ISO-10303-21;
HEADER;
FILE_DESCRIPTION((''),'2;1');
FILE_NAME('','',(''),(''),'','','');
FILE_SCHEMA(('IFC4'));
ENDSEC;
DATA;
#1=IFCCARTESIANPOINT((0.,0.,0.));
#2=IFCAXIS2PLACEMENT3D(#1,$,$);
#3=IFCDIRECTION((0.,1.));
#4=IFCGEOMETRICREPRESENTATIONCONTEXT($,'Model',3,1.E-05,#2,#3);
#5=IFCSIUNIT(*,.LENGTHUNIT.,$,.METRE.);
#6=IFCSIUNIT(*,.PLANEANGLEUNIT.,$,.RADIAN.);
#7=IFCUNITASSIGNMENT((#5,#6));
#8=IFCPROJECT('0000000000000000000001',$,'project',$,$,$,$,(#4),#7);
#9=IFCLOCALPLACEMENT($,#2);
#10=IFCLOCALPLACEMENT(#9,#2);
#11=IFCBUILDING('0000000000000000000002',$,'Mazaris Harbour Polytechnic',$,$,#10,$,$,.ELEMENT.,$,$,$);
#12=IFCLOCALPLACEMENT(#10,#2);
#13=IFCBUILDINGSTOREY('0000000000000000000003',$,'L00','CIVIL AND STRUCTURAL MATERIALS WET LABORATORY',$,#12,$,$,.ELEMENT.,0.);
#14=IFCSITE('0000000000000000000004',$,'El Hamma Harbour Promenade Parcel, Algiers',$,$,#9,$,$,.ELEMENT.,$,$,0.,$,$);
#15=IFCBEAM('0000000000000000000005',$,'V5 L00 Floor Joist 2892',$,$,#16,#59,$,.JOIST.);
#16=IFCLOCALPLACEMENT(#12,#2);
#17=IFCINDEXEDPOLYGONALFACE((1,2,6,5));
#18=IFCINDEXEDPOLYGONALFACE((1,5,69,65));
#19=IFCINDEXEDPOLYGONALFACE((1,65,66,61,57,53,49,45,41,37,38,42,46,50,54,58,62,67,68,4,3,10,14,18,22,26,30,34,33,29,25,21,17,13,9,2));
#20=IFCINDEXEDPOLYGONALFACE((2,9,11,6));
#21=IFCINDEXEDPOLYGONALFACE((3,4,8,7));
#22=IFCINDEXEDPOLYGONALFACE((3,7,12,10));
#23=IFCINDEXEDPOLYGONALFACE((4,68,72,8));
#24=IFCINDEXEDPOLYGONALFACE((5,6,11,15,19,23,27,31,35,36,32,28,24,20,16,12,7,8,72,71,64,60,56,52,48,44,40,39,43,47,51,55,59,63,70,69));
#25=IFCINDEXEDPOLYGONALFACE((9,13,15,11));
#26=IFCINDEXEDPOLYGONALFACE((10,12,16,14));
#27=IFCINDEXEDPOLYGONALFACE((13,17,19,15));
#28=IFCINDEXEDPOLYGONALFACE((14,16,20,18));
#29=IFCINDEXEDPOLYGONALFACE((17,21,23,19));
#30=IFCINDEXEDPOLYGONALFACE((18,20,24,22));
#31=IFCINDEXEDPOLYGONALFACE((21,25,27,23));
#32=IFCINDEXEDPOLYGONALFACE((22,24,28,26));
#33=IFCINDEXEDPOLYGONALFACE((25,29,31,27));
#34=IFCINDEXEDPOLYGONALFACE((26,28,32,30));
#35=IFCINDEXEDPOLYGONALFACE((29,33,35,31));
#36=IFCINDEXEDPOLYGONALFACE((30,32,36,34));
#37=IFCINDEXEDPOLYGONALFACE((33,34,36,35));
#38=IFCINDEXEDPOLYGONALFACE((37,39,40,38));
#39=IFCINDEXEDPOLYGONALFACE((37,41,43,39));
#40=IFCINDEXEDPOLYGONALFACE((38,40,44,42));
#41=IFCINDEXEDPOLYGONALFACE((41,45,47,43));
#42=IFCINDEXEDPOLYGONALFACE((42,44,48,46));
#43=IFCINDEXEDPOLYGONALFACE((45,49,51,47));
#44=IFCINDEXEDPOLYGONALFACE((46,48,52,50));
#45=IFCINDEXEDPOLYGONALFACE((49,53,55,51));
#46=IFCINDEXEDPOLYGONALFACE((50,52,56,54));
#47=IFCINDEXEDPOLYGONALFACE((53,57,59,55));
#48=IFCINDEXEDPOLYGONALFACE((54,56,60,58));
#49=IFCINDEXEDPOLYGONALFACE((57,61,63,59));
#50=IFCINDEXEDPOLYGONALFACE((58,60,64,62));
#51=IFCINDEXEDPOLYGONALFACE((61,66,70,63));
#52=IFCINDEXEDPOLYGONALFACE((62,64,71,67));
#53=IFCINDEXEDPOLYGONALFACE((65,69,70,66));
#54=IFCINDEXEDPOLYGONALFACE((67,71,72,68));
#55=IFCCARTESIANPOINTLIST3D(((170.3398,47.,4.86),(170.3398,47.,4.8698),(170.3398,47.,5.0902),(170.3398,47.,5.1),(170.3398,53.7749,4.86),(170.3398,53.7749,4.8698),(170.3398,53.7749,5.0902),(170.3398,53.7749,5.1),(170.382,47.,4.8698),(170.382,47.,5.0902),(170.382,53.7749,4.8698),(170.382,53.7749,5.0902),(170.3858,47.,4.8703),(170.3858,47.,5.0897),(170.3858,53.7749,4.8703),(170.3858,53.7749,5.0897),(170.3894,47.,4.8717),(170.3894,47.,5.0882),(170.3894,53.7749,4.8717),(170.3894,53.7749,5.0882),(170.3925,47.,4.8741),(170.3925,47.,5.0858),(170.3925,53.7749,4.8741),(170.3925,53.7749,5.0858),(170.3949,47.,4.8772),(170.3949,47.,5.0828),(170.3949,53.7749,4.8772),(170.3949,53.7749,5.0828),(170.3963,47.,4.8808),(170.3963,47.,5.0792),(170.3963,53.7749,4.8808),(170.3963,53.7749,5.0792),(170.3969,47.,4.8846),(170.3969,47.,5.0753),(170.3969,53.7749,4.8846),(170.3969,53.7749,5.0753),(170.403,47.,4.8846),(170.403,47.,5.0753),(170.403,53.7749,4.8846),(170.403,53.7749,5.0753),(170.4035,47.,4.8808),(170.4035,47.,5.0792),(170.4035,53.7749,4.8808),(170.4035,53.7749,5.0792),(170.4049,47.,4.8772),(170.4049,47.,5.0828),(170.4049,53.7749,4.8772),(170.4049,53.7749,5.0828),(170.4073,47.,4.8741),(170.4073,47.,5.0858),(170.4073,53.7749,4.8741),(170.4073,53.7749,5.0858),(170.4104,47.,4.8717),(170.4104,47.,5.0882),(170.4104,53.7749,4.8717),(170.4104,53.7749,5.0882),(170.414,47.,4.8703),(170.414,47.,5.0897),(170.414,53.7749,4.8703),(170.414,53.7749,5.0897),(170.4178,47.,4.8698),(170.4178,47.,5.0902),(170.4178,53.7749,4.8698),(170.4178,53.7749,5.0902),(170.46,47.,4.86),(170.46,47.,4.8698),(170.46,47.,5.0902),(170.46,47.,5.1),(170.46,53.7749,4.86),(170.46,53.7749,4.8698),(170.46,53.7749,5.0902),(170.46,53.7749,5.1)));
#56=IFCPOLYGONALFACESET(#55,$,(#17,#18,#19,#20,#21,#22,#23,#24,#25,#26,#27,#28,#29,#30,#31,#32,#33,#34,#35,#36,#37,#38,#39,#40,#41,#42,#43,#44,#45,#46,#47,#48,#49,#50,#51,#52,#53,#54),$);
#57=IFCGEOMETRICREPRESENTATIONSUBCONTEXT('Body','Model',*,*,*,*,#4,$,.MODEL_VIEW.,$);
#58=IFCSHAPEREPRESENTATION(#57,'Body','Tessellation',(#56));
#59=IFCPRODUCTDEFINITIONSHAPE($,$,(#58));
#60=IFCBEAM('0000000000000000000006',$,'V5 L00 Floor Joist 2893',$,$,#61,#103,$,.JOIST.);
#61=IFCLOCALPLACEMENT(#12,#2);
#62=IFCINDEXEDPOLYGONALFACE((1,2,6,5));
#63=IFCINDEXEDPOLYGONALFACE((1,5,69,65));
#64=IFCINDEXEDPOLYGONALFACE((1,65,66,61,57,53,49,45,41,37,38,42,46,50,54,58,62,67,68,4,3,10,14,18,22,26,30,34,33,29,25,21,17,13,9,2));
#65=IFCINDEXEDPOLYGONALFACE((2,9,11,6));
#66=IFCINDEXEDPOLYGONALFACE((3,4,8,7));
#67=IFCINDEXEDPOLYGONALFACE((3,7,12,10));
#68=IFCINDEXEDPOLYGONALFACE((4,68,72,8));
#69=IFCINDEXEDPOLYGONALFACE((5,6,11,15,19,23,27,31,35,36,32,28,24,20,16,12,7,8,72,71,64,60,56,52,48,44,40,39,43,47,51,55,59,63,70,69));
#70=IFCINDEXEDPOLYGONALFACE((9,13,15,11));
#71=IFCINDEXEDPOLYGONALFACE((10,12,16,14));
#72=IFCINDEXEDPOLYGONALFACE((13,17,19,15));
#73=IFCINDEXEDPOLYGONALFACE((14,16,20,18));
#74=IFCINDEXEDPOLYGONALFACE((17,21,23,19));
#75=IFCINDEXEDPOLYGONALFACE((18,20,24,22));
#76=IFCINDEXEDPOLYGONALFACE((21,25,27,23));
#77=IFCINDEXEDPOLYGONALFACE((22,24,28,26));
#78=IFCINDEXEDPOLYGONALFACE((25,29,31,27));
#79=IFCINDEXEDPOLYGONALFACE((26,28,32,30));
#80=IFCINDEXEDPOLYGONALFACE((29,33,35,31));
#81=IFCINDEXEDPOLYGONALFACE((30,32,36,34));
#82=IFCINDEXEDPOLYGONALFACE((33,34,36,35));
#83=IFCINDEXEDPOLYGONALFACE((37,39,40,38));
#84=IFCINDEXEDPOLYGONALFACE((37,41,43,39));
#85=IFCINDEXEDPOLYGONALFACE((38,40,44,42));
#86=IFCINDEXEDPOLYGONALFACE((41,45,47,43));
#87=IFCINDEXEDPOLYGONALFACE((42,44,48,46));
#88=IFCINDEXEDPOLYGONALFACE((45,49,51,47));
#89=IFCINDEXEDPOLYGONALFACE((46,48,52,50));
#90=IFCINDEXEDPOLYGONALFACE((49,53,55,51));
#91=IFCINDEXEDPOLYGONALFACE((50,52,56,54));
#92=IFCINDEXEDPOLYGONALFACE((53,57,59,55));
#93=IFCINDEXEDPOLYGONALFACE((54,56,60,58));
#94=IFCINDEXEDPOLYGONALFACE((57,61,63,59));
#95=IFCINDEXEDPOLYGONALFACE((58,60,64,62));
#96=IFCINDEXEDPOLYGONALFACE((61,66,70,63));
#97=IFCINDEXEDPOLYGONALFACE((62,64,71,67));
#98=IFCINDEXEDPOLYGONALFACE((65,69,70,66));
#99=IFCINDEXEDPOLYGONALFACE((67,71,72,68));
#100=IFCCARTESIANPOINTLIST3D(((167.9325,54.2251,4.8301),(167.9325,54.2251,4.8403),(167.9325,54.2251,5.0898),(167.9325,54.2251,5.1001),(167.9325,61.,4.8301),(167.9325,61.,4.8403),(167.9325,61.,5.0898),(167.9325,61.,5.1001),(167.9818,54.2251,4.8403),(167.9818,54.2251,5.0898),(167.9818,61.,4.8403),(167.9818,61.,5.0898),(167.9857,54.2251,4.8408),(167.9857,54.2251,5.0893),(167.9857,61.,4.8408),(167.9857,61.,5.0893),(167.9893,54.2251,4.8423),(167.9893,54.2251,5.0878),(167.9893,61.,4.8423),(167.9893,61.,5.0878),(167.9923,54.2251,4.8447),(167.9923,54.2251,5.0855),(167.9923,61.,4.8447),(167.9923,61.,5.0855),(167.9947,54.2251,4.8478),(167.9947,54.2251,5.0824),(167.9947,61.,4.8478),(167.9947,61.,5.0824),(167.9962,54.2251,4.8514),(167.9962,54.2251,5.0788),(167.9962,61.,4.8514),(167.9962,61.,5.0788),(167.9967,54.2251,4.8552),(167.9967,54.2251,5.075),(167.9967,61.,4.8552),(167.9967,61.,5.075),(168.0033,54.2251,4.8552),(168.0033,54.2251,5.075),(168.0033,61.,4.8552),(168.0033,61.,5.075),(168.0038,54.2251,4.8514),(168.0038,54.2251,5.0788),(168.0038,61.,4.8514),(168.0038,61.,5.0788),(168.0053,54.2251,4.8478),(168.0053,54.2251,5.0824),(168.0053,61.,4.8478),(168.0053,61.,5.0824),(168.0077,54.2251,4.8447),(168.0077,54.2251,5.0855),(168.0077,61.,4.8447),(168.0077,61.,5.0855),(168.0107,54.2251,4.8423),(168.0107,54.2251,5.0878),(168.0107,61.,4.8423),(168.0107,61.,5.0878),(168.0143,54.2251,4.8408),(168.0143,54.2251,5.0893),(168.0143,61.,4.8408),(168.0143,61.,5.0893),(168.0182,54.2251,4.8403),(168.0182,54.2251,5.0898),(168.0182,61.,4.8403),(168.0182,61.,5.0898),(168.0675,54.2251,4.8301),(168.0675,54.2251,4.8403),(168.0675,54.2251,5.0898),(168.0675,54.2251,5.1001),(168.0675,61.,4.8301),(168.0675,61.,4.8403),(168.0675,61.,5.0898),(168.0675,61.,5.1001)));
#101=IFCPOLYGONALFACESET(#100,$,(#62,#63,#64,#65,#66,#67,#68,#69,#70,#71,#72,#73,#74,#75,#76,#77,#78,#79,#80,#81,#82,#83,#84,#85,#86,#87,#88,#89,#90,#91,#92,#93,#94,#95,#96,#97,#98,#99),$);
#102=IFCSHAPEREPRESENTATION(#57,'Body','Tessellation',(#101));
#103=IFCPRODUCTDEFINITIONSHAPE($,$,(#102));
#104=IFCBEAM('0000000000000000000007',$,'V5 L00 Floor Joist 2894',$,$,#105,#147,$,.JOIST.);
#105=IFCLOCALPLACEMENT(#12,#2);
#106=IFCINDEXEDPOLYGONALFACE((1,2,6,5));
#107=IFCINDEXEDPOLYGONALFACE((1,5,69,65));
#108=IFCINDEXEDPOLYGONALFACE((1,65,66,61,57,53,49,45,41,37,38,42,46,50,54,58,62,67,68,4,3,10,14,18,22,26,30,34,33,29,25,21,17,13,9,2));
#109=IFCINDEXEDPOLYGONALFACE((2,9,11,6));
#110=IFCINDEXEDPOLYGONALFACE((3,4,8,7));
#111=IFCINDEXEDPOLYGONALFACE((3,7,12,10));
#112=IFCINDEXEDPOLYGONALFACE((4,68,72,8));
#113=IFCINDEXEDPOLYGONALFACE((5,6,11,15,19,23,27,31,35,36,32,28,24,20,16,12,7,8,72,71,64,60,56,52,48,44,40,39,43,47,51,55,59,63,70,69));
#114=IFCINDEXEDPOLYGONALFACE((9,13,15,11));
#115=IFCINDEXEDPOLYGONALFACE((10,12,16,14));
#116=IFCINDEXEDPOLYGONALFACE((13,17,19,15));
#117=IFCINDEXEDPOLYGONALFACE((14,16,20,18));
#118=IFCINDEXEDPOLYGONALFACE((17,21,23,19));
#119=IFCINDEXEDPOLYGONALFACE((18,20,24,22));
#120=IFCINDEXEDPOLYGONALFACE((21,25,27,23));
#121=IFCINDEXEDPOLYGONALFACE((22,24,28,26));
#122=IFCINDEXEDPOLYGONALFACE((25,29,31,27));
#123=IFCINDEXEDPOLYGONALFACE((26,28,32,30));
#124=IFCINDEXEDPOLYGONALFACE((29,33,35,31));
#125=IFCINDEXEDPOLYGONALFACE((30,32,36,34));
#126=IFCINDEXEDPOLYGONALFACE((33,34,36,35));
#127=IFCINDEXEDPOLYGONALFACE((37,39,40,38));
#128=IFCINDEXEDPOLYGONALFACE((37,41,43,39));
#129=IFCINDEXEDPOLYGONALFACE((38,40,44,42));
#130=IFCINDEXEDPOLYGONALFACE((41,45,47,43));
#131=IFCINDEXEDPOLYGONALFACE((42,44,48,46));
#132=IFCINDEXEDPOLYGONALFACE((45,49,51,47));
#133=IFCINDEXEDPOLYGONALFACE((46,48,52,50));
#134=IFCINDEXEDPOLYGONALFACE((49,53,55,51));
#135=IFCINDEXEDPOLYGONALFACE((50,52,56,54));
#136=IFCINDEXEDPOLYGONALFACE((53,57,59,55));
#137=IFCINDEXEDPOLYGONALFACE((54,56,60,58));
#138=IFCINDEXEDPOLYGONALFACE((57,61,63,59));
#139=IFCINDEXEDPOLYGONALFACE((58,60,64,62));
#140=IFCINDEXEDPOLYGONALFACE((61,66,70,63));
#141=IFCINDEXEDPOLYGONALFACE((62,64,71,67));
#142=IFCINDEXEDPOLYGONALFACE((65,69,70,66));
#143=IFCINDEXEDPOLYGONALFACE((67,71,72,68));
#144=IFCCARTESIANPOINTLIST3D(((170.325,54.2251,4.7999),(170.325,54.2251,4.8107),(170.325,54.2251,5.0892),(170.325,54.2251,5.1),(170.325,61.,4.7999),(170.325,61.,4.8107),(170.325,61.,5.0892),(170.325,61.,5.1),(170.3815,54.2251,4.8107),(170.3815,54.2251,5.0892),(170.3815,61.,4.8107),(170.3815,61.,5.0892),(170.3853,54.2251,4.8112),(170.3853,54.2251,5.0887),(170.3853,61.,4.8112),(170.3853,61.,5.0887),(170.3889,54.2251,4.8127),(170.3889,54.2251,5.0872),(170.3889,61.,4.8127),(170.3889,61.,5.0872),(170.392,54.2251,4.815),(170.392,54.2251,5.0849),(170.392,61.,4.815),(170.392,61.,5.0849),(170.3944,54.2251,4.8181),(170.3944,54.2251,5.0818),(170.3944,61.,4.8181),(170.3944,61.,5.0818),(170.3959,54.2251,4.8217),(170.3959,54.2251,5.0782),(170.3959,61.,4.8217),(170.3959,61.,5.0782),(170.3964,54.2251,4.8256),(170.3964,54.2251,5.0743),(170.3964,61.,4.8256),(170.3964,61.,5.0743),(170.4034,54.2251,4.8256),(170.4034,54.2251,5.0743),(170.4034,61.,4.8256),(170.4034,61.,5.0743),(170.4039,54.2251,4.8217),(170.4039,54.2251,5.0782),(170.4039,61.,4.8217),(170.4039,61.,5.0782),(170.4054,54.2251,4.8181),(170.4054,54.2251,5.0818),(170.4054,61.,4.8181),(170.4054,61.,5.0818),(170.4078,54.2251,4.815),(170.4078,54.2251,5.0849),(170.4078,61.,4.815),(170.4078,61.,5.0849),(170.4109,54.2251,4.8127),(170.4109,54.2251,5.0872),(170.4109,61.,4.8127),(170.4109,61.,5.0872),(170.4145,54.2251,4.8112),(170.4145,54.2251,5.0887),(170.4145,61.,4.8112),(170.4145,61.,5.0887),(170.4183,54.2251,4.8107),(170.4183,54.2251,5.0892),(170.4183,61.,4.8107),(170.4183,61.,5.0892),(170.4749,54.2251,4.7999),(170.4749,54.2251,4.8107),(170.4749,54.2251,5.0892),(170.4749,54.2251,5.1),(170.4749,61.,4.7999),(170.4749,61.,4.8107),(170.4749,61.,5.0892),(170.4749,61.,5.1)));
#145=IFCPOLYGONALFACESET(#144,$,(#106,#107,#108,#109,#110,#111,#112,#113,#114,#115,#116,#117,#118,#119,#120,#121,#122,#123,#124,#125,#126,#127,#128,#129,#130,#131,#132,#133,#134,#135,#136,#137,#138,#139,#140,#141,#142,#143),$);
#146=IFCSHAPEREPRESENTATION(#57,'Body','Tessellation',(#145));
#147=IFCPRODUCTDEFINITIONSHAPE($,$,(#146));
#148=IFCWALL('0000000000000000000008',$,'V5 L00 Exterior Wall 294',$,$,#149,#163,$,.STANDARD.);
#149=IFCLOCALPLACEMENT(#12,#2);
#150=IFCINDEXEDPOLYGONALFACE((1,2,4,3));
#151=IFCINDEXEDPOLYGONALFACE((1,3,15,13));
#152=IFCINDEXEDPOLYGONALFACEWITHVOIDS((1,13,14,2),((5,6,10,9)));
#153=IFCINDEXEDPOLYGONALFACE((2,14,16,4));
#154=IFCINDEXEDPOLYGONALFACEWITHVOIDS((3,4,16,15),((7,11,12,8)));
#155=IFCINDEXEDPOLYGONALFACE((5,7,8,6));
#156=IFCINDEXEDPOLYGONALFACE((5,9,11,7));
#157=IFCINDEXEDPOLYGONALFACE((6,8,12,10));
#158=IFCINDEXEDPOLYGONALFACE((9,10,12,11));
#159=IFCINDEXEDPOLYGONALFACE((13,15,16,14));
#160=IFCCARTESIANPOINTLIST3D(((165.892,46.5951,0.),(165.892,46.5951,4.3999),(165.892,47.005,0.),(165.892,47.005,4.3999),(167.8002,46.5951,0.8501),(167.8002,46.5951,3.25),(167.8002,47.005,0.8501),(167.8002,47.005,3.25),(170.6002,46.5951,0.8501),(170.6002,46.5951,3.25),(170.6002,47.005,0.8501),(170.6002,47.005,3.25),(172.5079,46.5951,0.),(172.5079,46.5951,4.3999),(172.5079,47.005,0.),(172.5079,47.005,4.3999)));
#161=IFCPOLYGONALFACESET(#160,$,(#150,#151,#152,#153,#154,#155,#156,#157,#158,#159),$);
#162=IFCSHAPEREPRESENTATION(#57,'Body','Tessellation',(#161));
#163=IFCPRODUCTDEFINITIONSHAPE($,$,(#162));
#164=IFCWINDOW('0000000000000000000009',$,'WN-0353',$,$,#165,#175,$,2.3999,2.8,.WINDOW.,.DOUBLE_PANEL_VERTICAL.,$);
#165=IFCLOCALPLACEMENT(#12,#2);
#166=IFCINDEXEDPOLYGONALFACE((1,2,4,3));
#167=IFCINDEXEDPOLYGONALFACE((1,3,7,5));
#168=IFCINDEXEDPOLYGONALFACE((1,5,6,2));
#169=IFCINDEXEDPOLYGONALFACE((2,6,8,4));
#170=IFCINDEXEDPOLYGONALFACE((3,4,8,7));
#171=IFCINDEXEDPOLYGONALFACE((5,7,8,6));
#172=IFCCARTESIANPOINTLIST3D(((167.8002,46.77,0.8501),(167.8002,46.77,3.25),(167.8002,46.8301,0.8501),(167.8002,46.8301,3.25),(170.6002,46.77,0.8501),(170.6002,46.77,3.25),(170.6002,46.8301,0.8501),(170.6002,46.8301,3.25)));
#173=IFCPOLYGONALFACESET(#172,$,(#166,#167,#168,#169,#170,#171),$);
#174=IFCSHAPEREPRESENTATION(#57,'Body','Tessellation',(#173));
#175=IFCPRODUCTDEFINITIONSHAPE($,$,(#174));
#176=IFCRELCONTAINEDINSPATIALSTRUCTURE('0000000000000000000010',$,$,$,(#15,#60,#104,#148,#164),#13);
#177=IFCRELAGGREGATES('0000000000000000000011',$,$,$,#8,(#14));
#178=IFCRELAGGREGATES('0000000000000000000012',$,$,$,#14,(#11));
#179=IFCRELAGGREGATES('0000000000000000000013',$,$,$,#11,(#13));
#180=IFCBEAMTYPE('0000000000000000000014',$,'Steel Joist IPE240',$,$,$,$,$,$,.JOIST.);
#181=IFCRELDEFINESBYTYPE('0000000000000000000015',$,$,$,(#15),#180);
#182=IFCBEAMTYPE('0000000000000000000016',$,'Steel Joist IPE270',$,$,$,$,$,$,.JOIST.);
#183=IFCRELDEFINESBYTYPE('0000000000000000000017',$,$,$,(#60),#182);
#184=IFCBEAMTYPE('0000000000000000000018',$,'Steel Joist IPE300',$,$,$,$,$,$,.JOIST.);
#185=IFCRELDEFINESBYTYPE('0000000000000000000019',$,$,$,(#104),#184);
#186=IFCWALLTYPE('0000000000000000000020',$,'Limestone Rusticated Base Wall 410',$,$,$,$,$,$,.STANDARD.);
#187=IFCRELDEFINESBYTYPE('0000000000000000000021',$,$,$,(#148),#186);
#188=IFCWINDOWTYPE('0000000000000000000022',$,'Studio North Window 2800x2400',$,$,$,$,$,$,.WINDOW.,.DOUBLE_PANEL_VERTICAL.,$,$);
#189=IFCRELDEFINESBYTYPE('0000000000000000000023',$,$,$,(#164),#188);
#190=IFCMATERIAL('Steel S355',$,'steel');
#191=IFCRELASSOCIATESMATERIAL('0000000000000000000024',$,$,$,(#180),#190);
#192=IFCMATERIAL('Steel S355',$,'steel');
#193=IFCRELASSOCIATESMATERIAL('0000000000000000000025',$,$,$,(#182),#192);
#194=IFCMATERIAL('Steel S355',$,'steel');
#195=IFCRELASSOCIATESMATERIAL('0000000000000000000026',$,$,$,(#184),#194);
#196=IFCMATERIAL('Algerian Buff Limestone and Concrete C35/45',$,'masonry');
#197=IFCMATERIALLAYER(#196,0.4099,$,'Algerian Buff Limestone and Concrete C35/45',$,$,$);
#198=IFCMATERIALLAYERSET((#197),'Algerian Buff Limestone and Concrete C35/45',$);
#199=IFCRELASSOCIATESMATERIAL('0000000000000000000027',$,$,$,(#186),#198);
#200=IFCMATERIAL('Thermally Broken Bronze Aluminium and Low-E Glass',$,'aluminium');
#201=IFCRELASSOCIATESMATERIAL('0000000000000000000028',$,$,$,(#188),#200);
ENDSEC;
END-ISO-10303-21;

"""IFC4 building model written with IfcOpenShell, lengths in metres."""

from ifc_helpers import new_model, si_unit, direction, frame, frame_2d, origin, origin_2d, place, context, subcontext, project, spatial, rectangle, i_section, extrude, material, layer, layer_set, material_profile, profile_set, type_object, element, fill, save


model = new_model("IFC4")

# Units and contexts
model_context = context("Model", 3, precision=1e-05, world=origin(), true_north=direction((0.0, 1.0)))
body_context = subcontext(model_context, "Body", "Model", "MODEL_VIEW")
ifc_project = project(units=[si_unit("LENGTHUNIT", "METRE"), si_unit("PLANEANGLEUNIT", "RADIAN")], contexts=[model_context])

# Site, building, storey
site_placement = place(None, origin())
site = spatial("IfcSite", under=ifc_project, at=site_placement, Name="El Hamma Harbour Promenade Parcel, Algiers", CompositionType="ELEMENT", RefElevation=0.0)
building_placement = place(site_placement, origin())
building = spatial("IfcBuilding", under=site, at=building_placement, Name="Mazaris Harbour Polytechnic", CompositionType="ELEMENT")
storey_placement = place(building_placement, origin())
storey = spatial("IfcBuildingStorey", under=building, at=storey_placement, Name="L00", Description="CIVIL AND STRUCTURAL MATERIALS WET LABORATORY", CompositionType="ELEMENT", Elevation=0.0)

# Beams
ifc_material_1 = material(Name="Steel S355", Category="steel")
ifc_material_profile_1 = material_profile(ifc_material_1, i_section(OverallWidth=0.1201, OverallDepth=0.24, WebThickness=0.0061, FlangeThickness=0.0098, FilletRadius=0.0149, at=origin_2d()), Name="IPE 240")
ifc_profile_set_1 = profile_set([ifc_material_profile_1], Name="Steel S355")
beam_type_1 = type_object("IfcBeamType", Name="Steel Joist IPE240", PredefinedType="JOIST", material=ifc_profile_set_1)
beam_1_placement = place(storey_placement, frame((170.3999, 47.0, 4.98), z_axis=(0.0, 1.0, 0.0), x_axis=(-1.0, 0.0, 0.0)))
element("IfcBeam", 1, at=beam_1_placement, inside=storey, type_object=beam_type_1, Name="V5 L00 Floor Joist 2892", PredefinedType="JOIST", context=body_context, shape_type="SweptSolid", body=[
    extrude(i_section(OverallWidth=0.1201, OverallDepth=0.24, WebThickness=0.0061, FlangeThickness=0.0098, FilletRadius=0.0149, at=origin_2d()), origin(), (0.0, 0.0, 1.0), 6.7749),
])
ifc_material_2 = material(Name="Steel S355", Category="steel")
ifc_material_profile_2 = material_profile(ifc_material_2, i_section(OverallWidth=0.135, OverallDepth=0.27, WebThickness=0.0066, FlangeThickness=0.0103, FilletRadius=0.0149, at=origin_2d()), Name="IPE 270")
ifc_profile_set_2 = profile_set([ifc_material_profile_2], Name="Steel S355")
beam_type_2 = type_object("IfcBeamType", Name="Steel Joist IPE270", PredefinedType="JOIST", material=ifc_profile_set_2)
beam_2_placement = place(storey_placement, frame((168.0, 54.2251, 4.9651), z_axis=(0.0, 1.0, 0.0), x_axis=(-1.0, 0.0, 0.0)))
element("IfcBeam", 2, at=beam_2_placement, inside=storey, type_object=beam_type_2, Name="V5 L00 Floor Joist 2893", PredefinedType="JOIST", context=body_context, shape_type="SweptSolid", body=[
    extrude(i_section(OverallWidth=0.135, OverallDepth=0.27, WebThickness=0.0066, FlangeThickness=0.0103, FilletRadius=0.0149, at=origin_2d()), origin(), (0.0, 0.0, 1.0), 6.7749),
])
ifc_material_3 = material(Name="Steel S355", Category="steel")
ifc_material_profile_3 = material_profile(ifc_material_3, i_section(OverallWidth=0.1499, OverallDepth=0.3, WebThickness=0.0071, FlangeThickness=0.0107, FilletRadius=0.0149, at=origin_2d()), Name="IPE 300")
ifc_profile_set_3 = profile_set([ifc_material_profile_3], Name="Steel S355")
beam_type_3 = type_object("IfcBeamType", Name="Steel Joist IPE300", PredefinedType="JOIST", material=ifc_profile_set_3)
beam_3_placement = place(storey_placement, frame((170.3999, 54.2251, 4.95), z_axis=(0.0, 1.0, 0.0), x_axis=(-1.0, 0.0, 0.0)))
element("IfcBeam", 3, at=beam_3_placement, inside=storey, type_object=beam_type_3, Name="V5 L00 Floor Joist 2894", PredefinedType="JOIST", context=body_context, shape_type="SweptSolid", body=[
    extrude(i_section(OverallWidth=0.1499, OverallDepth=0.3, WebThickness=0.0071, FlangeThickness=0.0107, FilletRadius=0.0149, at=origin_2d()), origin(), (0.0, 0.0, 1.0), 6.7749),
])

# Wall, opening, window
ifc_material_4 = material(Name="Algerian Buff Limestone and Concrete C35/45", Category="masonry")
ifc_layer = layer(ifc_material_4, 0.4099, Name="Algerian Buff Limestone and Concrete C35/45")
ifc_layer_set = layer_set([ifc_layer], Name="Algerian Buff Limestone and Concrete C35/45")
wall_type = type_object("IfcWallType", Name="Limestone Rusticated Base Wall 410", PredefinedType="STANDARD", material=ifc_layer_set)
wall_1_placement = place(storey_placement, frame((172.5081, 46.8, 0.0), z_axis=(0.0, 0.0, 1.0), x_axis=(-1.0, 0.0, 0.0)))
wall_1 = element("IfcWall", 4, at=wall_1_placement, inside=storey, type_object=wall_type, Name="V5 L00 Exterior Wall 294", PredefinedType="STANDARD", context=body_context, shape_type="SweptSolid", body=[
    extrude(rectangle(XDim=6.616, YDim=0.4099, at=frame_2d((3.3081, 0.0))), origin(), (0.0, 0.0, 1.0), 4.3999),
])
opening_1_placement = place(wall_1_placement, frame((1.908, 0.0, 0.8501)))
opening_1 = element("IfcOpeningElement", 5, at=opening_1_placement, cuts=wall_1, PredefinedType="OPENING", context=body_context, shape_type="SweptSolid", body=[
    extrude(rectangle(XDim=2.8, YDim=2.3999, at=frame_2d((1.3999, 1.2))), frame((0.0, 0.2148, 0.0), z_axis=(0.0, -1.0, 0.0), x_axis=(1.0, 0.0, 0.0)), (0.0, 0.0, 1.0), 0.4299),
])
ifc_material_5 = material(Name="Thermally Broken Bronze Aluminium and Low-E Glass", Category="aluminium")
window_type = type_object("IfcWindowType", Name="Studio North Window 2800x2400", PartitioningType="DOUBLE_PANEL_VERTICAL", PredefinedType="WINDOW", material=ifc_material_5)
window_1_placement = place(opening_1_placement, origin())
window_1 = element("IfcWindow", 6, at=window_1_placement, inside=storey, type_object=window_type, Name="WN-0353", OverallHeight=2.3999, OverallWidth=2.8, PartitioningType="DOUBLE_PANEL_VERTICAL", PredefinedType="WINDOW", context=body_context, shape_type="SweptSolid", body=[
    extrude(rectangle(XDim=2.8, YDim=2.3999, at=frame_2d((1.3999, 1.2))), frame((0.0, 0.03, 0.0), z_axis=(0.0, -1.0, 0.0), x_axis=(1.0, 0.0, 0.0)), (0.0, 0.0, 1.0), 0.0601),
])
fill(opening_1, window_1)

save(model, "model.ifc")
